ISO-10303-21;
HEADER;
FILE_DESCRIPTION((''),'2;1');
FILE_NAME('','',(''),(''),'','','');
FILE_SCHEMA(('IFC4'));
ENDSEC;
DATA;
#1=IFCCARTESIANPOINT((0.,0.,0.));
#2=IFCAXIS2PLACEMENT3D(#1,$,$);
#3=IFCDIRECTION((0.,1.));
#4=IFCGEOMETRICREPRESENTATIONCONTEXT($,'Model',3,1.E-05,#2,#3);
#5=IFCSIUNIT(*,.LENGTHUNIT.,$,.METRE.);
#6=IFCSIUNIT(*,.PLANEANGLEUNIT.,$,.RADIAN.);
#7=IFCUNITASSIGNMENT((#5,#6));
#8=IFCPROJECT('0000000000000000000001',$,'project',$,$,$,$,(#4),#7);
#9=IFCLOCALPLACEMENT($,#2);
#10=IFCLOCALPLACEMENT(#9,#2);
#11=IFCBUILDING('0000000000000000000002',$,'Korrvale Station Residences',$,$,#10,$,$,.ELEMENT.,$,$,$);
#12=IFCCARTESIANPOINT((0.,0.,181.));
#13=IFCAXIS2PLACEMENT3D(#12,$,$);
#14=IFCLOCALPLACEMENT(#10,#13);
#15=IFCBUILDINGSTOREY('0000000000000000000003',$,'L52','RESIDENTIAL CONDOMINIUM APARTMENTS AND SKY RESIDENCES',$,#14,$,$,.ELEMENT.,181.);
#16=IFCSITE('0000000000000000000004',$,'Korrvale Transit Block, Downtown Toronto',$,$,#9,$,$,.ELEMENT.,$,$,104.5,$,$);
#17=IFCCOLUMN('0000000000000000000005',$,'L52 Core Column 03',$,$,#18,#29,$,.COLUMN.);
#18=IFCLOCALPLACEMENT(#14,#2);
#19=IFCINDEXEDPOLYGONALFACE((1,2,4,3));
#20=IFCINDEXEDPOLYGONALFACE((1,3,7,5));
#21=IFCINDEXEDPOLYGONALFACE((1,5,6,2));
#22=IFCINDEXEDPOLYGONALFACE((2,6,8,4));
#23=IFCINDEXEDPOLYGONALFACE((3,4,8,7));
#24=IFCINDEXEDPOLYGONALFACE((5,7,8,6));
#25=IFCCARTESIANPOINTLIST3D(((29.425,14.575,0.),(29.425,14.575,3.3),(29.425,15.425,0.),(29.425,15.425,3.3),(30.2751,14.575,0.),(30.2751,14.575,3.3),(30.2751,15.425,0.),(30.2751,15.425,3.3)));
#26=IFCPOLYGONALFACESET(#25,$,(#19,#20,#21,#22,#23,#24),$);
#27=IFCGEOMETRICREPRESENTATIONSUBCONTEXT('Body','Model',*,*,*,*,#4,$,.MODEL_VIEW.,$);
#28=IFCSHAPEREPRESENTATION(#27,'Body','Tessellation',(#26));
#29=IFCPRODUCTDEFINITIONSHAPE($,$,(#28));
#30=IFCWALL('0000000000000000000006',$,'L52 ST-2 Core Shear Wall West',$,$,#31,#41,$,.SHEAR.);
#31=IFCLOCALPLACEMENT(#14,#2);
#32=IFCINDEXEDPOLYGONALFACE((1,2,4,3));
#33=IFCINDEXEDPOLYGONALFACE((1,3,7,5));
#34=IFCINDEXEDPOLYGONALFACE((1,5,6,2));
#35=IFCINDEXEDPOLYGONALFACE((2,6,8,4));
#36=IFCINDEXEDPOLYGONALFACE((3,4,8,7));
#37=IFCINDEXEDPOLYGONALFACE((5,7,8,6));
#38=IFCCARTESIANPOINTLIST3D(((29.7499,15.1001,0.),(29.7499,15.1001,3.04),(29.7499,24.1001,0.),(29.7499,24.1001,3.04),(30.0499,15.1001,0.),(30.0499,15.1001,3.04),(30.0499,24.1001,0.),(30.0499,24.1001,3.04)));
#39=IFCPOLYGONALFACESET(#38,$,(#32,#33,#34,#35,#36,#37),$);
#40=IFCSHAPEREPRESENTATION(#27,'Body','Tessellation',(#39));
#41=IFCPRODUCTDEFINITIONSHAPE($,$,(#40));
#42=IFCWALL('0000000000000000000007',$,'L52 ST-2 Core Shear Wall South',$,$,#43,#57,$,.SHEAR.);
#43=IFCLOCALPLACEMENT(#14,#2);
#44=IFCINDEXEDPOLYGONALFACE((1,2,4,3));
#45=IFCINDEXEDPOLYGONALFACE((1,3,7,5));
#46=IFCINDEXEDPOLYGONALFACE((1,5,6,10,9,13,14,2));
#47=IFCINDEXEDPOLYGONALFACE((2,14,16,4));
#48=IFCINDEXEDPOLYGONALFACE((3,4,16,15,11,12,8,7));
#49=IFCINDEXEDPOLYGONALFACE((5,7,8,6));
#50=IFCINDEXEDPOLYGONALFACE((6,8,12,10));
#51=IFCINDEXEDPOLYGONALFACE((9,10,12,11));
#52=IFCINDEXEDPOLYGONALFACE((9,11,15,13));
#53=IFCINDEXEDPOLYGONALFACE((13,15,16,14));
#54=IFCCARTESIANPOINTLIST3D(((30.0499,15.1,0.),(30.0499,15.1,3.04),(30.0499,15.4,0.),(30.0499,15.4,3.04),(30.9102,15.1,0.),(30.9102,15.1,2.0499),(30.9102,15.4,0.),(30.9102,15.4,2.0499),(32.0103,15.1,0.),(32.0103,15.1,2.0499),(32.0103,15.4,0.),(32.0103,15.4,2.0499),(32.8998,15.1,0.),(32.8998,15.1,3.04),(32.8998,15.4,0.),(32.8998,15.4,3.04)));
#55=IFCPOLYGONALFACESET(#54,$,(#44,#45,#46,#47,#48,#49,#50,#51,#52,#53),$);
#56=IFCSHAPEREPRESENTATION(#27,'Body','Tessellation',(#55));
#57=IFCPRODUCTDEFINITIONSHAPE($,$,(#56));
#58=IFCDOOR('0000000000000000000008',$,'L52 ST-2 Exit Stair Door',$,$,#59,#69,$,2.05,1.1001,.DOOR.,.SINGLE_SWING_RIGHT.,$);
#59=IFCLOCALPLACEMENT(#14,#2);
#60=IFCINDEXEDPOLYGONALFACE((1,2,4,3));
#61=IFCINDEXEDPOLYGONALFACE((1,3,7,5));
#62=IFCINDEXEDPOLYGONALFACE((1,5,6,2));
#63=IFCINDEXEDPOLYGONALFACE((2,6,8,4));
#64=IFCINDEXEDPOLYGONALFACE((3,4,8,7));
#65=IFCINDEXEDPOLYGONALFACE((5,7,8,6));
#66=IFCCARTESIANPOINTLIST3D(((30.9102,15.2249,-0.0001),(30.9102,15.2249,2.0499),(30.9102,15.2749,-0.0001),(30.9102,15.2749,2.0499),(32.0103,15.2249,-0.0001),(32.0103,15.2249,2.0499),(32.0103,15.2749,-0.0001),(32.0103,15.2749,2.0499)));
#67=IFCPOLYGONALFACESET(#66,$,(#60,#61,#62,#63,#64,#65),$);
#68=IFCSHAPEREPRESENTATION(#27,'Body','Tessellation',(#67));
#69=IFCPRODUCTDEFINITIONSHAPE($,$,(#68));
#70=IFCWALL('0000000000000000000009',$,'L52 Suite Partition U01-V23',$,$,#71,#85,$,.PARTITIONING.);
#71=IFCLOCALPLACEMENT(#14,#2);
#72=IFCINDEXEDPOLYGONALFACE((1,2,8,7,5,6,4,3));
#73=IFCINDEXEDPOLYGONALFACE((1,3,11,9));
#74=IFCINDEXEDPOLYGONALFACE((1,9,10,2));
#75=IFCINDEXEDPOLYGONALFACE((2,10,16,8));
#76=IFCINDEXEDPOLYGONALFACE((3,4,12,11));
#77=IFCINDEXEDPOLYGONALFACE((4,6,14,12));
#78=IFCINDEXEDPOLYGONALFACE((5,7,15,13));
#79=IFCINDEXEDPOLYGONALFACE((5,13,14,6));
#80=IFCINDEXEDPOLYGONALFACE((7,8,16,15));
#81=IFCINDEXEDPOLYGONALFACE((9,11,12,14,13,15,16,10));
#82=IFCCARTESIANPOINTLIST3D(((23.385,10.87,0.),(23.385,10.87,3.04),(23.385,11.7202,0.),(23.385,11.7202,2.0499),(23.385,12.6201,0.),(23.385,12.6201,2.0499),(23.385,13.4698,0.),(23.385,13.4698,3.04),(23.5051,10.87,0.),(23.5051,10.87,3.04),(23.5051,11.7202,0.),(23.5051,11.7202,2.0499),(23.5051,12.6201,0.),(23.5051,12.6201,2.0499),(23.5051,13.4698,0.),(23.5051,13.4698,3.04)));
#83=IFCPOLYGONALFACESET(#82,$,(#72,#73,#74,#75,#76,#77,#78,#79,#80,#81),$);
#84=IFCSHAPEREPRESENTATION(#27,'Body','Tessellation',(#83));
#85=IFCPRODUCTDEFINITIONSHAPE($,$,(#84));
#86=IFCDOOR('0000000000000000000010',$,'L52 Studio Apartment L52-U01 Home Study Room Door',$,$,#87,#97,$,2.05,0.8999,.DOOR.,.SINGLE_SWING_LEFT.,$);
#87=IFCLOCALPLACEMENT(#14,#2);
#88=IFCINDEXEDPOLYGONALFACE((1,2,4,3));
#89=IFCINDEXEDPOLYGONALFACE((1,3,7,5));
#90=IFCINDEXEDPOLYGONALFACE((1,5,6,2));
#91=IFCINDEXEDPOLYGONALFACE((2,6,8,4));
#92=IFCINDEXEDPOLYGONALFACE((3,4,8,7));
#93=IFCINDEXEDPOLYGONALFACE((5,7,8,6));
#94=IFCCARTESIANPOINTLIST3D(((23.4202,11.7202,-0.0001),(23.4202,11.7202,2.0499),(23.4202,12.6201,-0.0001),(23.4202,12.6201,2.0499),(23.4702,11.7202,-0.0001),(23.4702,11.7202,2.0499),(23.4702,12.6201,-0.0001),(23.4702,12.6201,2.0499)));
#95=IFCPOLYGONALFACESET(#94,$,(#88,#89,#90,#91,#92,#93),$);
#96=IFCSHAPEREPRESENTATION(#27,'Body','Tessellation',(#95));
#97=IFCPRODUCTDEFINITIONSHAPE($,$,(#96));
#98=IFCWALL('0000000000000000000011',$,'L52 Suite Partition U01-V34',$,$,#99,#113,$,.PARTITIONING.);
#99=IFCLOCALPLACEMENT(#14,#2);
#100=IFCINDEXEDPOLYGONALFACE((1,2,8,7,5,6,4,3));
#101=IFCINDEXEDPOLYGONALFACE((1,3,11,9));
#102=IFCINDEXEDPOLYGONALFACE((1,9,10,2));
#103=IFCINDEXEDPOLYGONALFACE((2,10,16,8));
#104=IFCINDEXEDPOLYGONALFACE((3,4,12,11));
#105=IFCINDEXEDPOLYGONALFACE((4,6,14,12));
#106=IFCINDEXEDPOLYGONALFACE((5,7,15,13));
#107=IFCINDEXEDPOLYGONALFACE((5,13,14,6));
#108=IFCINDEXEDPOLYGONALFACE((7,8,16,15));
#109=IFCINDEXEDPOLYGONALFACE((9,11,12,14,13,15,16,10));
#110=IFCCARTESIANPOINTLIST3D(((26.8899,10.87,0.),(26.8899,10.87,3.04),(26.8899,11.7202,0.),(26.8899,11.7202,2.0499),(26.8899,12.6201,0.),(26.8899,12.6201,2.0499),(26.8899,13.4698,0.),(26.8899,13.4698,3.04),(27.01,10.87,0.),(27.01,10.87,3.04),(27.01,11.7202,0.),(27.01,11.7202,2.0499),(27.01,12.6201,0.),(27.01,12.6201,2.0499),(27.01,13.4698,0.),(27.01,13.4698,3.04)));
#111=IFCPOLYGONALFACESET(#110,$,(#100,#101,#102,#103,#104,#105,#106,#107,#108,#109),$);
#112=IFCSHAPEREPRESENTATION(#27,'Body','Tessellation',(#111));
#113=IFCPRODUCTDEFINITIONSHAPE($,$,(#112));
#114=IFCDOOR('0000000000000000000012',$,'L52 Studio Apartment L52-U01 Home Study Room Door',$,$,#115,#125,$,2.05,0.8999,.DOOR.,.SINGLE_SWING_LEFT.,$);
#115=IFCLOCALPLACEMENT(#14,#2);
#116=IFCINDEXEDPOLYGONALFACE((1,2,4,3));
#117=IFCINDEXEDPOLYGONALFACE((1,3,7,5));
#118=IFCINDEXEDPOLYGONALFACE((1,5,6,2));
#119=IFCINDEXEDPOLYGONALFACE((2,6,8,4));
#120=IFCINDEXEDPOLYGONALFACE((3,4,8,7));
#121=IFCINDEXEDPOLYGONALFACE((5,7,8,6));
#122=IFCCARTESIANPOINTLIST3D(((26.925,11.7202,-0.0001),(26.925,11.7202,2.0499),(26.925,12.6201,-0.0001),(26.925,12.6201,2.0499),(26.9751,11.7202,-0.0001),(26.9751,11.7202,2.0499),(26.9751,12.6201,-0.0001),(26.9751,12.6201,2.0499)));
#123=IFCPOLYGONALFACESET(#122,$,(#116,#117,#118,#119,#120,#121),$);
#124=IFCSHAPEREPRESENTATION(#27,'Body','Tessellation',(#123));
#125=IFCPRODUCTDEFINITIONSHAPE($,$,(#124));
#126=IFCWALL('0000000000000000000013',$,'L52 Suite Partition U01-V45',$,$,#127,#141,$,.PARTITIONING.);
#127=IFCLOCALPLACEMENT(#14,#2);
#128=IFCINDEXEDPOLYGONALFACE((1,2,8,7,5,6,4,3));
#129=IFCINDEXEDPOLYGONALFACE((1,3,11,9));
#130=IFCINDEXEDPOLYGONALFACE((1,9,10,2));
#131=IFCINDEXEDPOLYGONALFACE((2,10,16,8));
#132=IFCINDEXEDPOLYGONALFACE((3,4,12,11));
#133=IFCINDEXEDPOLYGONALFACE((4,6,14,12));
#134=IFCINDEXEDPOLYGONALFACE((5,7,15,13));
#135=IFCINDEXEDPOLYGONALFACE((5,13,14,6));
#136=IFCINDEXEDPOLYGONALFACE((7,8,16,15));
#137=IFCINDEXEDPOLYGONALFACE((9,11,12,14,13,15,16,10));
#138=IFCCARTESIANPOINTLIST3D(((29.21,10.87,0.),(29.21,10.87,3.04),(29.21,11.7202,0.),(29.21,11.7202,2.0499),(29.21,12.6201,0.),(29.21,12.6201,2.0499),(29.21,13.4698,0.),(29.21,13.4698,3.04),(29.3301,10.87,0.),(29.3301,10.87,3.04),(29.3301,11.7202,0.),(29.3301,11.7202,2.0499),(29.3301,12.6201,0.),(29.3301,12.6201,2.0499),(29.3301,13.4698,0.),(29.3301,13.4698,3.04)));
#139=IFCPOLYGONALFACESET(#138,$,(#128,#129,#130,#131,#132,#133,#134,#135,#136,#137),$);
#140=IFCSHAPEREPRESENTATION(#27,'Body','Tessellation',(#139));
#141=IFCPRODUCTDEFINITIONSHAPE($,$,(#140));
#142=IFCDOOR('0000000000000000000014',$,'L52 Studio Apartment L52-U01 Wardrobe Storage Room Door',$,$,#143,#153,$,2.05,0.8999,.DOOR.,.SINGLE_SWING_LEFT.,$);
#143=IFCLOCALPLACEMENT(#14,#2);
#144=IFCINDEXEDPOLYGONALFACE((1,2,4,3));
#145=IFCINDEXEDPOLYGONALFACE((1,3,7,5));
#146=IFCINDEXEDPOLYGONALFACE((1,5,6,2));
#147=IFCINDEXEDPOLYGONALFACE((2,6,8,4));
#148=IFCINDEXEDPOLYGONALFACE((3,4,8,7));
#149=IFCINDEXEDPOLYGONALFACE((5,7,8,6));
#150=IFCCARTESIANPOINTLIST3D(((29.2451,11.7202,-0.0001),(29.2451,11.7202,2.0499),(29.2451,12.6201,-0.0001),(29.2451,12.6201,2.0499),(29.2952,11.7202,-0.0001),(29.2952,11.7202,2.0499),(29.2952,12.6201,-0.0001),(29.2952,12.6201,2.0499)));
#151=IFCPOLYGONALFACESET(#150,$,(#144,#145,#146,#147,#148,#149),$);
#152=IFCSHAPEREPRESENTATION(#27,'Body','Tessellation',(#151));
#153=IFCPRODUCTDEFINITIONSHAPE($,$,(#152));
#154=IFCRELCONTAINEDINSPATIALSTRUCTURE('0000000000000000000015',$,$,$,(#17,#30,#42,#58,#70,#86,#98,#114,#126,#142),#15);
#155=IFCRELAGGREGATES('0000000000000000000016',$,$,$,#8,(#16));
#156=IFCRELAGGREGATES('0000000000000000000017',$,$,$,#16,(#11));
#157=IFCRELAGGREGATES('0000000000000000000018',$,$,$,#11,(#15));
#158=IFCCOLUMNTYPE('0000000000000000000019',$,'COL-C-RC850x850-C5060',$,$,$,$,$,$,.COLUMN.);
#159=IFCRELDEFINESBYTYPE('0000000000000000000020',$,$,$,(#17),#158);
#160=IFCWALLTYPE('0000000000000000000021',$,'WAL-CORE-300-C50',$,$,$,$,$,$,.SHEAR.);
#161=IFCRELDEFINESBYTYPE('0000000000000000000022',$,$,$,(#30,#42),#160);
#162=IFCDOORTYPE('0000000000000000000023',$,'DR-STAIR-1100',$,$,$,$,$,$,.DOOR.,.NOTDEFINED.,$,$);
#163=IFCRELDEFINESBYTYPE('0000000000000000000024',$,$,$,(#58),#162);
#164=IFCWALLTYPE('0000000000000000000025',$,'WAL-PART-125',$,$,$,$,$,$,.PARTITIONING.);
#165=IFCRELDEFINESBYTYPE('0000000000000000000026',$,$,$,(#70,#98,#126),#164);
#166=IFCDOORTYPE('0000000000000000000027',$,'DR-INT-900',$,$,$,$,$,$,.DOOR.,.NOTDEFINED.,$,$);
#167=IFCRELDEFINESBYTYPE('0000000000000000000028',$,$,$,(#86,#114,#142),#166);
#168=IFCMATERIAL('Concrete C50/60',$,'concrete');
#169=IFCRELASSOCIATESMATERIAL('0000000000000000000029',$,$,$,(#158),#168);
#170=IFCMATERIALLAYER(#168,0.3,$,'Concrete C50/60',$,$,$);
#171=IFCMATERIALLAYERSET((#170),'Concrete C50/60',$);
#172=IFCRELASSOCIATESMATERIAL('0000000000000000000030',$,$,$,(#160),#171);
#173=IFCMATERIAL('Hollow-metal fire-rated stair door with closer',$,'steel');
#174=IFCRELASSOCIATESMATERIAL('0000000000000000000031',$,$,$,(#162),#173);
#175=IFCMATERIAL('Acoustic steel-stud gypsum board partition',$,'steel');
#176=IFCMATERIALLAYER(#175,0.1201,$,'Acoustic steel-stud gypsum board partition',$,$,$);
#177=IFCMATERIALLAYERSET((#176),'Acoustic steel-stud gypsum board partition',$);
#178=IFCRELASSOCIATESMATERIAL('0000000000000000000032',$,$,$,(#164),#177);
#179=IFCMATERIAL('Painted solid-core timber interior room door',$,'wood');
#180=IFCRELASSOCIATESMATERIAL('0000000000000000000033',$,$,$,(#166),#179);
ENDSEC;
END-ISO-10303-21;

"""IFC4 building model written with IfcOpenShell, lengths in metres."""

from ifc_helpers import new_model, si_unit, direction, frame, frame_2d, origin, origin_2d, place, context, subcontext, project, spatial, rectangle, extrude, material, layer, layer_set, material_profile, profile_set, type_object, element, fill, save


model = new_model("IFC4")

# Units and contexts
model_context = context("Model", 3, precision=1e-05, world=origin(), true_north=direction((0.0, 1.0)))
body_context = subcontext(model_context, "Body", "Model", "MODEL_VIEW")
ifc_project = project(units=[si_unit("LENGTHUNIT", "METRE"), si_unit("PLANEANGLEUNIT", "RADIAN")], contexts=[model_context])

# Site, building, storey
site_placement = place(None, origin())
site = spatial("IfcSite", under=ifc_project, at=site_placement, Name="Korrvale Transit Block, Downtown Toronto", CompositionType="ELEMENT", RefElevation=104.5)
building_placement = place(site_placement, origin())
building = spatial("IfcBuilding", under=site, at=building_placement, Name="Korrvale Station Residences", CompositionType="ELEMENT")
storey_placement = place(building_placement, frame((0.0, 0.0, 181.0)))
storey = spatial("IfcBuildingStorey", under=building, at=storey_placement, Name="L52", Description="RESIDENTIAL CONDOMINIUM APARTMENTS AND SKY RESIDENCES", CompositionType="ELEMENT", Elevation=181.0)

# Column
ifc_material_1 = material(Name="Concrete C50/60", Category="concrete")
ifc_material_profile = material_profile(ifc_material_1, rectangle(XDim=0.8501, YDim=0.8501, at=origin_2d()), Name="RC850x850")
ifc_profile_set = profile_set([ifc_material_profile], Name="Concrete C50/60")
column_type = type_object("IfcColumnType", Name="COL-C-RC850x850-C5060", PredefinedType="COLUMN", material=ifc_profile_set)
column_placement = place(storey_placement, frame((29.8501, 15.0, 0.0), z_axis=(0.0, 0.0, 1.0), x_axis=(1.0, 0.0, 0.0)))
element("IfcColumn", 1, at=column_placement, inside=storey, type_object=column_type, Name="L52 Core Column 03", PredefinedType="COLUMN", context=body_context, shape_type="SweptSolid", body=[
    extrude(rectangle(XDim=0.8501, YDim=0.8501, at=origin_2d()), origin(), (0.0, 0.0, 1.0), 3.3),
])

# Wall
ifc_layer_1 = layer(ifc_material_1, 0.3, Name="Concrete C50/60")
ifc_layer_set_1 = layer_set([ifc_layer_1], Name="Concrete C50/60")
wall_type_1 = type_object("IfcWallType", Name="WAL-CORE-300-C50", PredefinedType="SHEAR", material=ifc_layer_set_1)
wall_1_placement = place(storey_placement, frame((29.8999, 15.1001, 0.0), z_axis=(0.0, 0.0, 1.0), x_axis=(0.0, 1.0, 0.0)))
element("IfcWall", 2, at=wall_1_placement, inside=storey, type_object=wall_type_1, Name="L52 ST-2 Core Shear Wall West", PredefinedType="SHEAR", context=body_context, shape_type="SweptSolid", body=[
    extrude(rectangle(XDim=9.0, YDim=0.3, at=frame_2d((4.5, 0.0))), origin(), (0.0, 0.0, 1.0), 3.04),
])

# Walls, openings, doors
wall_2_placement = place(storey_placement, frame((30.05, 15.25, 0.0), z_axis=(0.0, 0.0, 1.0), x_axis=(1.0, 0.0, 0.0)))
wall_2 = element("IfcWall", 3, at=wall_2_placement, inside=storey, type_object=wall_type_1, Name="L52 ST-2 Core Shear Wall South", PredefinedType="SHEAR", context=body_context, shape_type="SweptSolid", body=[
    extrude(rectangle(XDim=2.8499, YDim=0.3, at=frame_2d((1.4248, 0.0))), origin(), (0.0, 0.0, 1.0), 3.04),
])
opening_1_placement = place(wall_2_placement, frame((0.8601, 0.0, 0.0)))
opening_1 = element("IfcOpeningElement", 4, at=opening_1_placement, cuts=wall_2, PredefinedType="OPENING", context=body_context, shape_type="SweptSolid", body=[
    extrude(rectangle(XDim=1.1001, YDim=2.05, at=frame_2d((0.55, 1.0249))), frame((0.0, 0.1602, 0.0), z_axis=(0.0, -1.0, 0.0), x_axis=(1.0, 0.0, 0.0)), (0.0, 0.0, 1.0), 0.3201),
])
ifc_material_2 = material(Name="Hollow-metal fire-rated stair door with closer", Category="steel")
door_type_1 = type_object("IfcDoorType", Name="DR-STAIR-1100", OperationType="NOTDEFINED", PredefinedType="DOOR", material=ifc_material_2)
door_1_placement = place(opening_1_placement, origin())
door_1 = element("IfcDoor", 5, at=door_1_placement, inside=storey, type_object=door_type_1, Name="L52 ST-2 Exit Stair Door", OperationType="SINGLE_SWING_RIGHT", OverallHeight=2.05, OverallWidth=1.1001, PredefinedType="DOOR", context=body_context, shape_type="SweptSolid", body=[
    extrude(rectangle(XDim=1.1001, YDim=2.05, at=frame_2d((0.55, 1.0249))), frame((0.0, 0.0249, 0.0), z_axis=(0.0, -1.0, 0.0), x_axis=(1.0, 0.0, 0.0)), (0.0, 0.0, 1.0), 0.05),
])
fill(opening_1, door_1)
ifc_material_3 = material(Name="Acoustic steel-stud gypsum board partition", Category="steel")
ifc_layer_2 = layer(ifc_material_3, 0.1201, Name="Acoustic steel-stud gypsum board partition")
ifc_layer_set_2 = layer_set([ifc_layer_2], Name="Acoustic steel-stud gypsum board partition")
wall_type_2 = type_object("IfcWallType", Name="WAL-PART-125", PredefinedType="PARTITIONING", material=ifc_layer_set_2)
wall_3_placement = place(storey_placement, frame((23.4451, 10.8701, 0.0), z_axis=(0.0, 0.0, 1.0), x_axis=(0.0, 1.0, 0.0)))
wall_3 = element("IfcWall", 6, at=wall_3_placement, inside=storey, type_object=wall_type_2, Name="L52 Suite Partition U01-V23", PredefinedType="PARTITIONING", context=body_context, shape_type="SweptSolid", body=[
    extrude(rectangle(XDim=2.5999, YDim=0.1201, at=frame_2d((1.2998, 0.0))), origin(), (0.0, 0.0, 1.0), 3.04),
])
opening_2_placement = place(wall_3_placement, frame((0.8501, 0.0, 0.0)))
opening_2 = element("IfcOpeningElement", 7, at=opening_2_placement, cuts=wall_3, PredefinedType="OPENING", context=body_context, shape_type="SweptSolid", body=[
    extrude(rectangle(XDim=0.8999, YDim=2.05, at=frame_2d((0.45, 1.0249))), frame((0.0, 0.0701, 0.0), z_axis=(0.0, -1.0, 0.0), x_axis=(1.0, 0.0, 0.0)), (0.0, 0.0, 1.0), 0.1401),
])
ifc_material_4 = material(Name="Painted solid-core timber interior room door", Category="wood")
door_type_2 = type_object("IfcDoorType", Name="DR-INT-900", OperationType="NOTDEFINED", PredefinedType="DOOR", material=ifc_material_4)
door_2_placement = place(opening_2_placement, origin())
door_2 = element("IfcDoor", 8, at=door_2_placement, inside=storey, type_object=door_type_2, Name="L52 Studio Apartment L52-U01 Home Study Room Door", OperationType="SINGLE_SWING_LEFT", OverallHeight=2.05, OverallWidth=0.8999, PredefinedType="DOOR", context=body_context, shape_type="SweptSolid", body=[
    extrude(rectangle(XDim=0.8999, YDim=2.05, at=frame_2d((0.45, 1.0249))), frame((0.0, 0.0249, 0.0), z_axis=(0.0, -1.0, 0.0), x_axis=(1.0, 0.0, 0.0)), (0.0, 0.0, 1.0), 0.05),
])
fill(opening_2, door_2)
wall_4_placement = place(storey_placement, frame((26.95, 10.8701, 0.0), z_axis=(0.0, 0.0, 1.0), x_axis=(0.0, 1.0, 0.0)))
wall_4 = element("IfcWall", 9, at=wall_4_placement, inside=storey, type_object=wall_type_2, Name="L52 Suite Partition U01-V34", PredefinedType="PARTITIONING", context=body_context, shape_type="SweptSolid", body=[
    extrude(rectangle(XDim=2.5999, YDim=0.1201, at=frame_2d((1.2998, 0.0))), origin(), (0.0, 0.0, 1.0), 3.04),
])
opening_3_placement = place(wall_4_placement, frame((0.8501, 0.0, 0.0)))
opening_3 = element("IfcOpeningElement", 10, at=opening_3_placement, cuts=wall_4, PredefinedType="OPENING", context=body_context, shape_type="SweptSolid", body=[
    extrude(rectangle(XDim=0.8999, YDim=2.05, at=frame_2d((0.45, 1.0249))), frame((0.0, 0.0701, 0.0), z_axis=(0.0, -1.0, 0.0), x_axis=(1.0, 0.0, 0.0)), (0.0, 0.0, 1.0), 0.1401),
])
door_3_placement = place(opening_3_placement, origin())
door_3 = element("IfcDoor", 11, at=door_3_placement, inside=storey, type_object=door_type_2, Name="L52 Studio Apartment L52-U01 Home Study Room Door", OperationType="SINGLE_SWING_LEFT", OverallHeight=2.05, OverallWidth=0.8999, PredefinedType="DOOR", context=body_context, shape_type="SweptSolid", body=[
    extrude(rectangle(XDim=0.8999, YDim=2.05, at=frame_2d((0.45, 1.0249))), frame((0.0, 0.0249, 0.0), z_axis=(0.0, -1.0, 0.0), x_axis=(1.0, 0.0, 0.0)), (0.0, 0.0, 1.0), 0.05),
])
fill(opening_3, door_3)
wall_5_placement = place(storey_placement, frame((29.27, 10.8701, 0.0), z_axis=(0.0, 0.0, 1.0), x_axis=(0.0, 1.0, 0.0)))
wall_5 = element("IfcWall", 12, at=wall_5_placement, inside=storey, type_object=wall_type_2, Name="L52 Suite Partition U01-V45", PredefinedType="PARTITIONING", context=body_context, shape_type="SweptSolid", body=[
    extrude(rectangle(XDim=2.5999, YDim=0.1201, at=frame_2d((1.2998, 0.0))), origin(), (0.0, 0.0, 1.0), 3.04),
])
opening_4_placement = place(wall_5_placement, frame((0.8501, 0.0, 0.0)))
opening_4 = element("IfcOpeningElement", 13, at=opening_4_placement, cuts=wall_5, PredefinedType="OPENING", context=body_context, shape_type="SweptSolid", body=[
    extrude(rectangle(XDim=0.8999, YDim=2.05, at=frame_2d((0.45, 1.0249))), frame((0.0, 0.0701, 0.0), z_axis=(0.0, -1.0, 0.0), x_axis=(1.0, 0.0, 0.0)), (0.0, 0.0, 1.0), 0.1401),
])
door_4_placement = place(opening_4_placement, origin())
door_4 = element("IfcDoor", 14, at=door_4_placement, inside=storey, type_object=door_type_2, Name="L52 Studio Apartment L52-U01 Wardrobe Storage Room Door", OperationType="SINGLE_SWING_LEFT", OverallHeight=2.05, OverallWidth=0.8999, PredefinedType="DOOR", context=body_context, shape_type="SweptSolid", body=[
    extrude(rectangle(XDim=0.8999, YDim=2.05, at=frame_2d((0.45, 1.0249))), frame((0.0, 0.0249, 0.0), z_axis=(0.0, -1.0, 0.0), x_axis=(1.0, 0.0, 0.0)), (0.0, 0.0, 1.0), 0.05),
])
fill(opening_4, door_4)

save(model, "model.ifc")
